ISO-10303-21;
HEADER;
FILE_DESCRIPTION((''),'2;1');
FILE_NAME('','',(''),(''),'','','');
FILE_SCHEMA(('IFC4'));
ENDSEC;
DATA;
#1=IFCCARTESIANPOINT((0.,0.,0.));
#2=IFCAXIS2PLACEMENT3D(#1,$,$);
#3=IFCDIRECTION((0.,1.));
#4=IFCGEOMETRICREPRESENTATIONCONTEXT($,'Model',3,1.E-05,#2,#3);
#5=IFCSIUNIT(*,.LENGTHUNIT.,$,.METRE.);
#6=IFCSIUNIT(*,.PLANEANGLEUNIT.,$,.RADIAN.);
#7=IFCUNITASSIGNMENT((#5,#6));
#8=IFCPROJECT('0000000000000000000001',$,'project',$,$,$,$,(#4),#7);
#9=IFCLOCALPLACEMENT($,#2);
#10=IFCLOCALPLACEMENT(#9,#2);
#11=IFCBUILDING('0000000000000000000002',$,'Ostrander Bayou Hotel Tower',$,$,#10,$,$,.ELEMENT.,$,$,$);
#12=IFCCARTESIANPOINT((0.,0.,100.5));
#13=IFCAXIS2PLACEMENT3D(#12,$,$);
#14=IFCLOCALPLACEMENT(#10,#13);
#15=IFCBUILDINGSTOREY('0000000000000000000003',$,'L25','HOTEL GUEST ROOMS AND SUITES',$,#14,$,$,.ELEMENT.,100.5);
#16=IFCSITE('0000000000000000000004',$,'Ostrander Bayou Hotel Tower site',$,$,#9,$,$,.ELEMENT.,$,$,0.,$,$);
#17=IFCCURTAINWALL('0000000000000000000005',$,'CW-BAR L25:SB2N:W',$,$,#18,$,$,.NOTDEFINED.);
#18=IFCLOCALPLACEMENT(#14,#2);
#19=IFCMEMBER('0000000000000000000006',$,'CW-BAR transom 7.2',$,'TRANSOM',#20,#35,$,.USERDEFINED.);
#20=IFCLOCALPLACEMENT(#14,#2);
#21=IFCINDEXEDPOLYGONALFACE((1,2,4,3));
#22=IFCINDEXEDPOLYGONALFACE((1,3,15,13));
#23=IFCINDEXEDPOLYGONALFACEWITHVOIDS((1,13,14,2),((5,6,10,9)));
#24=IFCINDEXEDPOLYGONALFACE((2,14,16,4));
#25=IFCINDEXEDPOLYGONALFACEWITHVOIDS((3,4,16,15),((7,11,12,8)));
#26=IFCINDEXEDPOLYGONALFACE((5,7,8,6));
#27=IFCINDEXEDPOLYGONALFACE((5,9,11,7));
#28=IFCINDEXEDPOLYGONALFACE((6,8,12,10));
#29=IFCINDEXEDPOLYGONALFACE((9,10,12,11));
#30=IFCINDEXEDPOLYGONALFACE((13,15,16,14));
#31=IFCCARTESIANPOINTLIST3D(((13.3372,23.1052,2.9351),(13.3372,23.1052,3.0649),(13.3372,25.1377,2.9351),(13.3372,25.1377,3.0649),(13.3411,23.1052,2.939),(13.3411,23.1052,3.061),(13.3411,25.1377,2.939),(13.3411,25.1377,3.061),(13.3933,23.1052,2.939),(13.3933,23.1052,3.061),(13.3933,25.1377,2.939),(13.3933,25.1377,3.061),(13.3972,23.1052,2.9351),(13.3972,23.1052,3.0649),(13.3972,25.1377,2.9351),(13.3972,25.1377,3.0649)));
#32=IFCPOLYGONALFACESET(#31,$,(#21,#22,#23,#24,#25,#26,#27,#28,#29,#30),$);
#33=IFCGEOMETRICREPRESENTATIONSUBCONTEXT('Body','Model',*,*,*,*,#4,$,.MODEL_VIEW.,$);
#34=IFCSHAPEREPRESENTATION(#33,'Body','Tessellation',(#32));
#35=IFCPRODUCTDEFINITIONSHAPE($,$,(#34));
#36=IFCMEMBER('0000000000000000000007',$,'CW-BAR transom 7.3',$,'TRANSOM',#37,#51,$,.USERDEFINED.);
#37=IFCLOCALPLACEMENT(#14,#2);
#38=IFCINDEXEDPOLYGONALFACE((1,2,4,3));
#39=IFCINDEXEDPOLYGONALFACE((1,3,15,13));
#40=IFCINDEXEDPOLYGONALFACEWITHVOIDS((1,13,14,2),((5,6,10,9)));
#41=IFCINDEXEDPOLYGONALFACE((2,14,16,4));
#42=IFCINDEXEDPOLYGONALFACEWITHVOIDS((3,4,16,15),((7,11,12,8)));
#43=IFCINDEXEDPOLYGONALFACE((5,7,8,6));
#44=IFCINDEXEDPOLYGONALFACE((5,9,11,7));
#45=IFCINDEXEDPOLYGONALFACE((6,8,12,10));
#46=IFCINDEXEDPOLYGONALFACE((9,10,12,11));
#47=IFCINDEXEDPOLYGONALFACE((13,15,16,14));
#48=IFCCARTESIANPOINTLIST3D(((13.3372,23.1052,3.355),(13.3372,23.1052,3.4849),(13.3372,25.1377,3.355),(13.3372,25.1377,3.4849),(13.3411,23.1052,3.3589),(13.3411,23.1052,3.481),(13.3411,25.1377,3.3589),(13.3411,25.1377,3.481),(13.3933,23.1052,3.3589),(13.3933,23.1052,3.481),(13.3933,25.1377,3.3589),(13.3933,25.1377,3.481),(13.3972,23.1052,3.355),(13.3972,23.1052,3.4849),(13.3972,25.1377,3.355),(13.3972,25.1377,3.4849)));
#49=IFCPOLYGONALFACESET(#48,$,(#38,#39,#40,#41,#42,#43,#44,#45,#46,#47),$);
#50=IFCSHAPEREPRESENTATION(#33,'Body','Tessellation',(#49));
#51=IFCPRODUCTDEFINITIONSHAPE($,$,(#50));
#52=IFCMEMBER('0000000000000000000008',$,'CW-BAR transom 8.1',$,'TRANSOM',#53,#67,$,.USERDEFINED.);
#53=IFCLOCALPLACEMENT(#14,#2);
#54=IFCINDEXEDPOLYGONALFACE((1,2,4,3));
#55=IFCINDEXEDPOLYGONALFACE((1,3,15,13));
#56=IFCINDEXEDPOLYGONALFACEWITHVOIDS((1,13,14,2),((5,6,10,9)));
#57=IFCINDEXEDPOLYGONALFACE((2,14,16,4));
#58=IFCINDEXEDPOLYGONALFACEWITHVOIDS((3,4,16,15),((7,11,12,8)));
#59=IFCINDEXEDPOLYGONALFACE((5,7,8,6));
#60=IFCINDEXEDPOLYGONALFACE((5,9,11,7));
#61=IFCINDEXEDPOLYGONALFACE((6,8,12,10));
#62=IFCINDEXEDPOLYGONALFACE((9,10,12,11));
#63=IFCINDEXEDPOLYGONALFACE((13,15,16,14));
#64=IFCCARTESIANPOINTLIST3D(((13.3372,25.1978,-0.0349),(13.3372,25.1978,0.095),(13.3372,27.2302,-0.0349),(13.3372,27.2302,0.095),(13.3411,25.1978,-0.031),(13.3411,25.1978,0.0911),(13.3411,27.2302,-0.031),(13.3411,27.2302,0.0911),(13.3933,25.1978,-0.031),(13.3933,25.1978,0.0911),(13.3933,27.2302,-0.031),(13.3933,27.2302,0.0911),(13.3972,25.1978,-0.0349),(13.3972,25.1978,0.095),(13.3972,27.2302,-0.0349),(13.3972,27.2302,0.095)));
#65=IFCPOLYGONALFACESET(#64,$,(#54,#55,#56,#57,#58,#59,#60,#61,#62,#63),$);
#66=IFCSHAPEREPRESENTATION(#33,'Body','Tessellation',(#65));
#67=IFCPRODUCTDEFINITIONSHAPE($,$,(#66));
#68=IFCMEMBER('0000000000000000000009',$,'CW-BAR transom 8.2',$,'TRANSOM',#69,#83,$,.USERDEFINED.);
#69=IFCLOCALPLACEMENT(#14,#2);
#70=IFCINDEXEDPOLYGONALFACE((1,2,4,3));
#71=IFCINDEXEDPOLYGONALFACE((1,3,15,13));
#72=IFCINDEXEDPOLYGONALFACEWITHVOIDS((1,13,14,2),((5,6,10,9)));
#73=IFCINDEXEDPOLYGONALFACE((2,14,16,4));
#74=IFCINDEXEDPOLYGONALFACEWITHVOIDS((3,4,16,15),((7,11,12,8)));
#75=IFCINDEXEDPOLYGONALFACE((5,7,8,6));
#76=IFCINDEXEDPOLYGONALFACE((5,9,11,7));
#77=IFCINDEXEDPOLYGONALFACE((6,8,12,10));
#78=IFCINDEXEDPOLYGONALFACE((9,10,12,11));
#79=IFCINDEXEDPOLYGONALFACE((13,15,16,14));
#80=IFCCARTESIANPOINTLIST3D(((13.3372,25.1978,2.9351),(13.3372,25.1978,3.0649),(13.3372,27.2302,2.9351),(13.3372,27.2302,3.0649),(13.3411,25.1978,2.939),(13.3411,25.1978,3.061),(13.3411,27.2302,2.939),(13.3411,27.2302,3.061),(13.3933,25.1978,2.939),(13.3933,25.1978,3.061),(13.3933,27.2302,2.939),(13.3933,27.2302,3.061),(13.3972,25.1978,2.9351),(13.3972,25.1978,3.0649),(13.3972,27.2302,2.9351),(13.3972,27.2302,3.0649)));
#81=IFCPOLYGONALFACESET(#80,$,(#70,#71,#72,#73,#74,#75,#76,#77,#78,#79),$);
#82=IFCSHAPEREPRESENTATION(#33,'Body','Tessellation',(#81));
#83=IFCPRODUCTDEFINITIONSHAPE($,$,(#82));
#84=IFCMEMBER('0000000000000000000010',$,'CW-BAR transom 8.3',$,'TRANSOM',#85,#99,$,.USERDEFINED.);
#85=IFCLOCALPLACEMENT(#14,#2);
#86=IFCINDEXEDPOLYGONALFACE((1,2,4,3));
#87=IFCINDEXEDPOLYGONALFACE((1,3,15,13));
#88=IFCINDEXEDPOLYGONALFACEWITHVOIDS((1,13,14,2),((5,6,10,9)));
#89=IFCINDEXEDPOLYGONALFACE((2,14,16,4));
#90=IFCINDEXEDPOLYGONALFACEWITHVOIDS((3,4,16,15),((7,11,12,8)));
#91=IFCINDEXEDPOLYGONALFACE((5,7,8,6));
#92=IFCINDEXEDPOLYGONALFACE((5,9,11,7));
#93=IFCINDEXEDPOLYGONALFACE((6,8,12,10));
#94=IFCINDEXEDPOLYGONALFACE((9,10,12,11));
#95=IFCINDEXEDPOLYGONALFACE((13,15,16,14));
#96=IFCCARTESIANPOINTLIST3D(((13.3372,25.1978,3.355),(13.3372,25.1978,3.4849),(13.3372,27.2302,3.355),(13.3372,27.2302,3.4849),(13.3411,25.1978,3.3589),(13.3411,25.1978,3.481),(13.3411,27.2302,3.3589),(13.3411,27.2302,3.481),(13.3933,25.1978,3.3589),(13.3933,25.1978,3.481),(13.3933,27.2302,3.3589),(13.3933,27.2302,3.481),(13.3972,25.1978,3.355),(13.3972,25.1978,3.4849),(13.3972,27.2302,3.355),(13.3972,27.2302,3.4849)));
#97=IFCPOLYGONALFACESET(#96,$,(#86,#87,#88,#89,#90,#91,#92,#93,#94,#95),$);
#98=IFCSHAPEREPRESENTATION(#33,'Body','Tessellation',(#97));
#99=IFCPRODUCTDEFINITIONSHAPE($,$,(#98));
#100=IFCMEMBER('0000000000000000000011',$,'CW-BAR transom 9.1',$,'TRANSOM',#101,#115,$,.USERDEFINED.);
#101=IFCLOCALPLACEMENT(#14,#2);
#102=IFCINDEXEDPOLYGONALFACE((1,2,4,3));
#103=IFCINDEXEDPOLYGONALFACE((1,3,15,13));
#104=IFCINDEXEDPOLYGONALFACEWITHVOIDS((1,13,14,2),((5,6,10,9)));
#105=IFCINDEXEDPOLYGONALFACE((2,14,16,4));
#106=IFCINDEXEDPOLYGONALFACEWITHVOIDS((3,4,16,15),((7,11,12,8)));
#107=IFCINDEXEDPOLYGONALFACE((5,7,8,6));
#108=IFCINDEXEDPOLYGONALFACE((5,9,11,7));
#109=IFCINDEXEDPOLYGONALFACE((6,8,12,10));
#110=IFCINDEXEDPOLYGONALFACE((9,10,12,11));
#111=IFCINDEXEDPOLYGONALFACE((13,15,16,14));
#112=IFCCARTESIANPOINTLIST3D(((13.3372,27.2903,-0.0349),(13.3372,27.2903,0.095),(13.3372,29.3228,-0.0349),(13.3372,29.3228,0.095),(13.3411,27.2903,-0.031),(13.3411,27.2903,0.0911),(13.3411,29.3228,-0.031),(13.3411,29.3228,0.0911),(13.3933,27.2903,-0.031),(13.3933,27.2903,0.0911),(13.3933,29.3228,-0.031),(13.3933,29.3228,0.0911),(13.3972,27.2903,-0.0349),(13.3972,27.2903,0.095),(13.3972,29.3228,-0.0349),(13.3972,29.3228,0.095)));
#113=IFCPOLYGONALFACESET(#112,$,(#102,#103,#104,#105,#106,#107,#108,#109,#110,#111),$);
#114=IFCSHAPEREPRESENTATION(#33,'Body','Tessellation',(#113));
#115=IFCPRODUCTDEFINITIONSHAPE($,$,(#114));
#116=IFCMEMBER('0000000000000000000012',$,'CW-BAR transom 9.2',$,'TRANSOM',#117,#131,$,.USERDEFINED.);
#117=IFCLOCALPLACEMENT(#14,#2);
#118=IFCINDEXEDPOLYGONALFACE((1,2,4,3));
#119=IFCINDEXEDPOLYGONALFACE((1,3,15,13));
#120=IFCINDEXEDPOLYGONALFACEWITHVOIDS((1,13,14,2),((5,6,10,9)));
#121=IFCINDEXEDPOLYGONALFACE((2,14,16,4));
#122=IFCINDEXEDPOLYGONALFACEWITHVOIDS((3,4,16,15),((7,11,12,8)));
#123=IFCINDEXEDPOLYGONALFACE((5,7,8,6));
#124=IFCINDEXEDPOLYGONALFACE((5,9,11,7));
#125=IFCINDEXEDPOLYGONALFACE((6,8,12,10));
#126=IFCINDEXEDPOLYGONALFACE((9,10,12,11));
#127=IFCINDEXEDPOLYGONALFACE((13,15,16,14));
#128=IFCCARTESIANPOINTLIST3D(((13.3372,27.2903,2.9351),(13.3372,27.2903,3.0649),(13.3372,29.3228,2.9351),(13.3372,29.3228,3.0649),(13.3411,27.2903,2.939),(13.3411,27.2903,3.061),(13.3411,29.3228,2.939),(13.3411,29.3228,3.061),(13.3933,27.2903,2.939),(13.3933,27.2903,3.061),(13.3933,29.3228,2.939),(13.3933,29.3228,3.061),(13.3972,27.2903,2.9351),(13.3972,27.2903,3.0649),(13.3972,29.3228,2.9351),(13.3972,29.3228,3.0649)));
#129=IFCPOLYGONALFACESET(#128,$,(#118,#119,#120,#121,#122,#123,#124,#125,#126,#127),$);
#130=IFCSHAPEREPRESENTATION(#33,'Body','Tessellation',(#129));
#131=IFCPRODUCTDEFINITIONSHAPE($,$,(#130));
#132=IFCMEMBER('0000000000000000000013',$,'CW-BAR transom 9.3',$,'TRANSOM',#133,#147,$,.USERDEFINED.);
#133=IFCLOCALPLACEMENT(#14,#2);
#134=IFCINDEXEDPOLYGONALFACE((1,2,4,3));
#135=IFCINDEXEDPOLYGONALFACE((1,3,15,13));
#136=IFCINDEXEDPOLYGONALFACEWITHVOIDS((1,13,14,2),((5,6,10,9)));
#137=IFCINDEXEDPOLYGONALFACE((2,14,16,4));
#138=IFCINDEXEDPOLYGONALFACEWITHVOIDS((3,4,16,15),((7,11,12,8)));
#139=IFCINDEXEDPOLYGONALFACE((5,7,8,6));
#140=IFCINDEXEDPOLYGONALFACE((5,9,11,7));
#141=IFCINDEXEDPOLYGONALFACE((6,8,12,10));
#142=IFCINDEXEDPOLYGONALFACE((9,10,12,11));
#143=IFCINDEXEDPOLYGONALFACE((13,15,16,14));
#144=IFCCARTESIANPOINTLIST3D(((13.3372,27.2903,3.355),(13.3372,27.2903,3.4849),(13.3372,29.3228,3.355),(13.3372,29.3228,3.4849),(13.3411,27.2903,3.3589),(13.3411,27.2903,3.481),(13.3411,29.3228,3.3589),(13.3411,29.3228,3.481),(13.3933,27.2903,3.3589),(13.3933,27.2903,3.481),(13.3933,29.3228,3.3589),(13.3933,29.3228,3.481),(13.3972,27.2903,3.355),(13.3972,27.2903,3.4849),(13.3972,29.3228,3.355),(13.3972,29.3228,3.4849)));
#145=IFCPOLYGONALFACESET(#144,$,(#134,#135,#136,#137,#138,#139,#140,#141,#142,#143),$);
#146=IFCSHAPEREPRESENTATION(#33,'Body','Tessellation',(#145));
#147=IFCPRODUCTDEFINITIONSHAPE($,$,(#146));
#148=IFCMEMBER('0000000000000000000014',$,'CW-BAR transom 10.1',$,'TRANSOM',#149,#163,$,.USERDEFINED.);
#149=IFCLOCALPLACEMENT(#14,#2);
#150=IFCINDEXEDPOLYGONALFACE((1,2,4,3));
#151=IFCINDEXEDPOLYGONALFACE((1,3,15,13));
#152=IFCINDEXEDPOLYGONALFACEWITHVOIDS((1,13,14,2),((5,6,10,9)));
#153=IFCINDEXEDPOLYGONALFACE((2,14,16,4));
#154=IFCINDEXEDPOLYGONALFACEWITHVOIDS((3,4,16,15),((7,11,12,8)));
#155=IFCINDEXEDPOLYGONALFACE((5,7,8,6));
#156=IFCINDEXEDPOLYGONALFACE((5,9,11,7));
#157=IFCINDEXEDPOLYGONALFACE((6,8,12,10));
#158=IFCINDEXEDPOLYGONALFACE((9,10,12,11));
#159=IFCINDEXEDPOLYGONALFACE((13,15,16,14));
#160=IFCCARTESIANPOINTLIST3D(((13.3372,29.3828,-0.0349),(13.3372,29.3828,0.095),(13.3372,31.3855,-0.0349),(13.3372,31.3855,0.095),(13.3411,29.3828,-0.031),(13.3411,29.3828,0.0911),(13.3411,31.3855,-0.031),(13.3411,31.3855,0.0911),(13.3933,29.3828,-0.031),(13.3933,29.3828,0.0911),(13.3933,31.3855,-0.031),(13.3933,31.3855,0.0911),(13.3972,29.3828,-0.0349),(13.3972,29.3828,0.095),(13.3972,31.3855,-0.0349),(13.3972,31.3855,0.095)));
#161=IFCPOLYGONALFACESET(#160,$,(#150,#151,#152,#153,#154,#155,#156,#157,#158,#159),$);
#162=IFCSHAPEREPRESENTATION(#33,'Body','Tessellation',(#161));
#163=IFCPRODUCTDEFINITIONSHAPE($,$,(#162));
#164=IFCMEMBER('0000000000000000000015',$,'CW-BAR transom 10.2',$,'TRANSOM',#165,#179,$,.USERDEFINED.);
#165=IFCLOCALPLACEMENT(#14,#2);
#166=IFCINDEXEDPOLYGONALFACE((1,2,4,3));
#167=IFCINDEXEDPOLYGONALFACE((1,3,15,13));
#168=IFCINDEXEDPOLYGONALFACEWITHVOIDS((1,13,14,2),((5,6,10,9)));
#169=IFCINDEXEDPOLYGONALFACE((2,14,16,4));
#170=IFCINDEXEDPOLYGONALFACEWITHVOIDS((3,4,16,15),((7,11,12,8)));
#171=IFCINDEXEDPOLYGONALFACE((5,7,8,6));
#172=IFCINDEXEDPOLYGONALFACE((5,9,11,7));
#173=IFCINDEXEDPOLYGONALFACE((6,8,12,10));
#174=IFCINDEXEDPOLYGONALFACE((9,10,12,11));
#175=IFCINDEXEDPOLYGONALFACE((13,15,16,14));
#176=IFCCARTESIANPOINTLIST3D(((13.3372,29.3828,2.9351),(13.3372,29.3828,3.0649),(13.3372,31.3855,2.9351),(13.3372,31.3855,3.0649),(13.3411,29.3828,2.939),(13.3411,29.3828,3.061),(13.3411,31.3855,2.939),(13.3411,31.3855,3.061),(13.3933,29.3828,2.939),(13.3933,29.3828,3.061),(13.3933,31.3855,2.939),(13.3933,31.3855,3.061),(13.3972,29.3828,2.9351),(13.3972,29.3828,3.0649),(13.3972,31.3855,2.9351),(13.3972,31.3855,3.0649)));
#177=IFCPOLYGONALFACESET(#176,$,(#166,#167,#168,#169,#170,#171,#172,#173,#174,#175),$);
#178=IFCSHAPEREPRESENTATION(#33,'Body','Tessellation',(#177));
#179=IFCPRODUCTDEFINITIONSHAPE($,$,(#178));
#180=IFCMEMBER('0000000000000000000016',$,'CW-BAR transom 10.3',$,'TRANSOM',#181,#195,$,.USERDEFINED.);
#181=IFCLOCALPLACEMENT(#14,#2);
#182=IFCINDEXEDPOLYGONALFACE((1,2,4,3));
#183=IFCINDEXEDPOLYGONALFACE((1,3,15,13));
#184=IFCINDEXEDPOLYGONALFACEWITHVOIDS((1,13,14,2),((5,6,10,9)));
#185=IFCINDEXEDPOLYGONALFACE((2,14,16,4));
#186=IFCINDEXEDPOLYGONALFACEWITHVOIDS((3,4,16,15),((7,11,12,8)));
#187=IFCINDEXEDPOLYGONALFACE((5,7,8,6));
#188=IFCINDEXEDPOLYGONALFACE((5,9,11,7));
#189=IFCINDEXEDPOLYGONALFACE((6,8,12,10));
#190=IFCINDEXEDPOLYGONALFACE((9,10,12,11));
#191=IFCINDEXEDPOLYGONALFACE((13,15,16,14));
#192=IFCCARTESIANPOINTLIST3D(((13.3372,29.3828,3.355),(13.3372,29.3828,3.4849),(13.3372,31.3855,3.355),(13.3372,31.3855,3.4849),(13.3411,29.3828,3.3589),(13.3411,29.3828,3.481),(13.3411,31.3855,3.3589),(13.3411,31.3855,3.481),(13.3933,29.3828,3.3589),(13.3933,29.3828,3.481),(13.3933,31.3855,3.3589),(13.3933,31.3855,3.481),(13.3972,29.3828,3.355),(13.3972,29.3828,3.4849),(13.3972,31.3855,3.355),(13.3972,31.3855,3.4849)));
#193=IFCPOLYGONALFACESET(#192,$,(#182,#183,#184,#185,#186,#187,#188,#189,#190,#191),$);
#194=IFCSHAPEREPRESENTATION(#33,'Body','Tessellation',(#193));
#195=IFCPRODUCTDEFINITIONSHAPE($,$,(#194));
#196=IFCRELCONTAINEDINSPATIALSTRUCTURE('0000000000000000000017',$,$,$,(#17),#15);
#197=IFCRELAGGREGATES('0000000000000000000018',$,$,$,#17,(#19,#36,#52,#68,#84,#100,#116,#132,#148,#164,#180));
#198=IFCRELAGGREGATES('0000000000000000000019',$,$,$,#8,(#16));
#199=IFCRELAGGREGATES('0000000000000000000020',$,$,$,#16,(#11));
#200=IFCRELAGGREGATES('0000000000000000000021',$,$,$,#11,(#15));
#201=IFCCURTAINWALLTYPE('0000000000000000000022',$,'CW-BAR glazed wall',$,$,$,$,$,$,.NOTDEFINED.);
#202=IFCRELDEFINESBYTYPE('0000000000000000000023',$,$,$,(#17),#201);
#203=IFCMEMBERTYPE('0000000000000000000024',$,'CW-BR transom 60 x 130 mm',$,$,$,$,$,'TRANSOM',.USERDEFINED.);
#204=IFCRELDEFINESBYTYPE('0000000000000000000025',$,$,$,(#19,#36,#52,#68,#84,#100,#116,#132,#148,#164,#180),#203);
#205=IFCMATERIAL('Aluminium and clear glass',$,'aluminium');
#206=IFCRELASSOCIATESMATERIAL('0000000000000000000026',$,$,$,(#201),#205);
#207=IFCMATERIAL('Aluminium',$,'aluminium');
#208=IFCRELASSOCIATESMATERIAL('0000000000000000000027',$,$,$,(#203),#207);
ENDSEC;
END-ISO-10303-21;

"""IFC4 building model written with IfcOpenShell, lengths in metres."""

from ifc_helpers import new_model, si_unit, direction, frame, origin, origin_2d, place, context, subcontext, project, spatial, hollow_rectangle, extrude, material, material_profile, profile_set, type_object, element, aggregate, save


model = new_model("IFC4")

# Units and contexts
model_context = context("Model", 3, precision=1e-05, world=origin(), true_north=direction((0.0, 1.0)))
body_context = subcontext(model_context, "Body", "Model", "MODEL_VIEW")
ifc_project = project(units=[si_unit("LENGTHUNIT", "METRE"), si_unit("PLANEANGLEUNIT", "RADIAN")], contexts=[model_context])

# Site, building, storey
site_placement = place(None, origin())
site = spatial("IfcSite", under=ifc_project, at=site_placement, Name="Ostrander Bayou Hotel Tower site", CompositionType="ELEMENT", RefElevation=0.0)
building_placement = place(site_placement, origin())
building = spatial("IfcBuilding", under=site, at=building_placement, Name="Ostrander Bayou Hotel Tower", CompositionType="ELEMENT")
storey_placement = place(building_placement, frame((0.0, 0.0, 100.5)))
storey = spatial("IfcBuildingStorey", under=building, at=storey_placement, Name="L25", Description="HOTEL GUEST ROOMS AND SUITES", CompositionType="ELEMENT", Elevation=100.5)

# Shared definitions
ifc_material_1 = material(Name="Aluminium and clear glass", Category="aluminium")
curtain_wall_type = type_object("IfcCurtainWallType", Name="CW-BAR glazed wall", PredefinedType="NOTDEFINED", material=ifc_material_1)

# Curtain wall, members
curtain_wall_1_placement = place(storey_placement, origin())
curtain_wall_1 = element("IfcCurtainWall", 1, at=curtain_wall_1_placement, inside=storey, type_object=curtain_wall_type, Name="CW-BAR L25:SB2N:W", PredefinedType="NOTDEFINED")
ifc_material_2 = material(Name="Aluminium", Category="aluminium")
ifc_material_profile_1 = material_profile(ifc_material_2, hollow_rectangle(XDim=0.0601, YDim=0.1299, WallThickness=0.0039, at=origin_2d()))
ifc_profile_set_1 = profile_set([ifc_material_profile_1], Name="Aluminium")
member_type_1 = type_object("IfcMemberType", Name="CW-BR transom 60 x 130 mm", ElementType="TRANSOM", PredefinedType="USERDEFINED", material=ifc_profile_set_1)
member_1_placement = place(storey_placement, frame((13.3672, 23.1052, 3.0), z_axis=(0.0, 1.0, 0.0), x_axis=(-1.0, 0.0, 0.0)))
member_1 = element("IfcMember", 2, at=member_1_placement, type_object=member_type_1, Name="CW-BAR transom 7.2", ObjectType="TRANSOM", PredefinedType="USERDEFINED", context=body_context, shape_type="SweptSolid", body=[
    extrude(hollow_rectangle(XDim=0.0601, YDim=0.1299, WallThickness=0.0039, at=origin_2d()), origin(), (0.0, 0.0, 1.0), 2.0325),
])
member_2_placement = place(storey_placement, frame((13.3672, 23.1052, 3.4199), z_axis=(0.0, 1.0, 0.0), x_axis=(-1.0, 0.0, 0.0)))
member_2 = element("IfcMember", 3, at=member_2_placement, type_object=member_type_1, Name="CW-BAR transom 7.3", ObjectType="TRANSOM", PredefinedType="USERDEFINED", context=body_context, shape_type="SweptSolid", body=[
    extrude(hollow_rectangle(XDim=0.0601, YDim=0.1299, WallThickness=0.0039, at=origin_2d()), origin(), (0.0, 0.0, 1.0), 2.0325),
])
member_3_placement = place(storey_placement, frame((13.3672, 25.1978, 0.03), z_axis=(0.0, 1.0, 0.0), x_axis=(-1.0, 0.0, 0.0)))
member_3 = element("IfcMember", 4, at=member_3_placement, type_object=member_type_1, Name="CW-BAR transom 8.1", ObjectType="TRANSOM", PredefinedType="USERDEFINED", context=body_context, shape_type="SweptSolid", body=[
    extrude(hollow_rectangle(XDim=0.0601, YDim=0.1299, WallThickness=0.0039, at=origin_2d()), origin(), (0.0, 0.0, 1.0), 2.0325),
])
member_4_placement = place(storey_placement, frame((13.3672, 25.1978, 3.0), z_axis=(0.0, 1.0, 0.0), x_axis=(-1.0, 0.0, 0.0)))
member_4 = element("IfcMember", 5, at=member_4_placement, type_object=member_type_1, Name="CW-BAR transom 8.2", ObjectType="TRANSOM", PredefinedType="USERDEFINED", context=body_context, shape_type="SweptSolid", body=[
    extrude(hollow_rectangle(XDim=0.0601, YDim=0.1299, WallThickness=0.0039, at=origin_2d()), origin(), (0.0, 0.0, 1.0), 2.0325),
])
member_5_placement = place(storey_placement, frame((13.3672, 25.1978, 3.4199), z_axis=(0.0, 1.0, 0.0), x_axis=(-1.0, 0.0, 0.0)))
member_5 = element("IfcMember", 6, at=member_5_placement, type_object=member_type_1, Name="CW-BAR transom 8.3", ObjectType="TRANSOM", PredefinedType="USERDEFINED", context=body_context, shape_type="SweptSolid", body=[
    extrude(hollow_rectangle(XDim=0.0601, YDim=0.1299, WallThickness=0.0039, at=origin_2d()), origin(), (0.0, 0.0, 1.0), 2.0325),
])
member_6_placement = place(storey_placement, frame((13.3672, 27.2903, 0.03), z_axis=(0.0, 1.0, 0.0), x_axis=(-1.0, 0.0, 0.0)))
member_6 = element("IfcMember", 7, at=member_6_placement, type_object=member_type_1, Name="CW-BAR transom 9.1", ObjectType="TRANSOM", PredefinedType="USERDEFINED", context=body_context, shape_type="SweptSolid", body=[
    extrude(hollow_rectangle(XDim=0.0601, YDim=0.1299, WallThickness=0.0039, at=origin_2d()), origin(), (0.0, 0.0, 1.0), 2.0325),
])
member_7_placement = place(storey_placement, frame((13.3672, 27.2903, 3.0), z_axis=(0.0, 1.0, 0.0), x_axis=(-1.0, 0.0, 0.0)))
member_7 = element("IfcMember", 8, at=member_7_placement, type_object=member_type_1, Name="CW-BAR transom 9.2", ObjectType="TRANSOM", PredefinedType="USERDEFINED", context=body_context, shape_type="SweptSolid", body=[
    extrude(hollow_rectangle(XDim=0.0601, YDim=0.1299, WallThickness=0.0039, at=origin_2d()), origin(), (0.0, 0.0, 1.0), 2.0325),
])
member_8_placement = place(storey_placement, frame((13.3672, 27.2903, 3.4199), z_axis=(0.0, 1.0, 0.0), x_axis=(-1.0, 0.0, 0.0)))
member_8 = element("IfcMember", 9, at=member_8_placement, type_object=member_type_1, Name="CW-BAR transom 9.3", ObjectType="TRANSOM", PredefinedType="USERDEFINED", context=body_context, shape_type="SweptSolid", body=[
    extrude(hollow_rectangle(XDim=0.0601, YDim=0.1299, WallThickness=0.0039, at=origin_2d()), origin(), (0.0, 0.0, 1.0), 2.0325),
])
member_9_placement = place(storey_placement, frame((13.3672, 29.3828, 0.03), z_axis=(0.0, 1.0, 0.0), x_axis=(-1.0, 0.0, 0.0)))
member_9 = element("IfcMember", 10, at=member_9_placement, type_object=member_type_1, Name="CW-BAR transom 10.1", ObjectType="TRANSOM", PredefinedType="USERDEFINED", context=body_context, shape_type="SweptSolid", body=[
    extrude(hollow_rectangle(XDim=0.0601, YDim=0.1299, WallThickness=0.0039, at=origin_2d()), origin(), (0.0, 0.0, 1.0), 2.0027),
])
member_10_placement = place(storey_placement, frame((13.3672, 29.3828, 3.0), z_axis=(0.0, 1.0, 0.0), x_axis=(-1.0, 0.0, 0.0)))
member_10 = element("IfcMember", 11, at=member_10_placement, type_object=member_type_1, Name="CW-BAR transom 10.2", ObjectType="TRANSOM", PredefinedType="USERDEFINED", context=body_context, shape_type="SweptSolid", body=[
    extrude(hollow_rectangle(XDim=0.0601, YDim=0.1299, WallThickness=0.0039, at=origin_2d()), origin(), (0.0, 0.0, 1.0), 2.0027),
])
member_11_placement = place(storey_placement, frame((13.3672, 29.3828, 3.4199), z_axis=(0.0, 1.0, 0.0), x_axis=(-1.0, 0.0, 0.0)))
member_11 = element("IfcMember", 12, at=member_11_placement, type_object=member_type_1, Name="CW-BAR transom 10.3", ObjectType="TRANSOM", PredefinedType="USERDEFINED", context=body_context, shape_type="SweptSolid", body=[
    extrude(hollow_rectangle(XDim=0.0601, YDim=0.1299, WallThickness=0.0039, at=origin_2d()), origin(), (0.0, 0.0, 1.0), 2.0027),
])

aggregate(curtain_wall_1, [member_1, member_2, member_3, member_4, member_5, member_6, member_7, member_8, member_9, member_10, member_11])

save(model, "model.ifc")
